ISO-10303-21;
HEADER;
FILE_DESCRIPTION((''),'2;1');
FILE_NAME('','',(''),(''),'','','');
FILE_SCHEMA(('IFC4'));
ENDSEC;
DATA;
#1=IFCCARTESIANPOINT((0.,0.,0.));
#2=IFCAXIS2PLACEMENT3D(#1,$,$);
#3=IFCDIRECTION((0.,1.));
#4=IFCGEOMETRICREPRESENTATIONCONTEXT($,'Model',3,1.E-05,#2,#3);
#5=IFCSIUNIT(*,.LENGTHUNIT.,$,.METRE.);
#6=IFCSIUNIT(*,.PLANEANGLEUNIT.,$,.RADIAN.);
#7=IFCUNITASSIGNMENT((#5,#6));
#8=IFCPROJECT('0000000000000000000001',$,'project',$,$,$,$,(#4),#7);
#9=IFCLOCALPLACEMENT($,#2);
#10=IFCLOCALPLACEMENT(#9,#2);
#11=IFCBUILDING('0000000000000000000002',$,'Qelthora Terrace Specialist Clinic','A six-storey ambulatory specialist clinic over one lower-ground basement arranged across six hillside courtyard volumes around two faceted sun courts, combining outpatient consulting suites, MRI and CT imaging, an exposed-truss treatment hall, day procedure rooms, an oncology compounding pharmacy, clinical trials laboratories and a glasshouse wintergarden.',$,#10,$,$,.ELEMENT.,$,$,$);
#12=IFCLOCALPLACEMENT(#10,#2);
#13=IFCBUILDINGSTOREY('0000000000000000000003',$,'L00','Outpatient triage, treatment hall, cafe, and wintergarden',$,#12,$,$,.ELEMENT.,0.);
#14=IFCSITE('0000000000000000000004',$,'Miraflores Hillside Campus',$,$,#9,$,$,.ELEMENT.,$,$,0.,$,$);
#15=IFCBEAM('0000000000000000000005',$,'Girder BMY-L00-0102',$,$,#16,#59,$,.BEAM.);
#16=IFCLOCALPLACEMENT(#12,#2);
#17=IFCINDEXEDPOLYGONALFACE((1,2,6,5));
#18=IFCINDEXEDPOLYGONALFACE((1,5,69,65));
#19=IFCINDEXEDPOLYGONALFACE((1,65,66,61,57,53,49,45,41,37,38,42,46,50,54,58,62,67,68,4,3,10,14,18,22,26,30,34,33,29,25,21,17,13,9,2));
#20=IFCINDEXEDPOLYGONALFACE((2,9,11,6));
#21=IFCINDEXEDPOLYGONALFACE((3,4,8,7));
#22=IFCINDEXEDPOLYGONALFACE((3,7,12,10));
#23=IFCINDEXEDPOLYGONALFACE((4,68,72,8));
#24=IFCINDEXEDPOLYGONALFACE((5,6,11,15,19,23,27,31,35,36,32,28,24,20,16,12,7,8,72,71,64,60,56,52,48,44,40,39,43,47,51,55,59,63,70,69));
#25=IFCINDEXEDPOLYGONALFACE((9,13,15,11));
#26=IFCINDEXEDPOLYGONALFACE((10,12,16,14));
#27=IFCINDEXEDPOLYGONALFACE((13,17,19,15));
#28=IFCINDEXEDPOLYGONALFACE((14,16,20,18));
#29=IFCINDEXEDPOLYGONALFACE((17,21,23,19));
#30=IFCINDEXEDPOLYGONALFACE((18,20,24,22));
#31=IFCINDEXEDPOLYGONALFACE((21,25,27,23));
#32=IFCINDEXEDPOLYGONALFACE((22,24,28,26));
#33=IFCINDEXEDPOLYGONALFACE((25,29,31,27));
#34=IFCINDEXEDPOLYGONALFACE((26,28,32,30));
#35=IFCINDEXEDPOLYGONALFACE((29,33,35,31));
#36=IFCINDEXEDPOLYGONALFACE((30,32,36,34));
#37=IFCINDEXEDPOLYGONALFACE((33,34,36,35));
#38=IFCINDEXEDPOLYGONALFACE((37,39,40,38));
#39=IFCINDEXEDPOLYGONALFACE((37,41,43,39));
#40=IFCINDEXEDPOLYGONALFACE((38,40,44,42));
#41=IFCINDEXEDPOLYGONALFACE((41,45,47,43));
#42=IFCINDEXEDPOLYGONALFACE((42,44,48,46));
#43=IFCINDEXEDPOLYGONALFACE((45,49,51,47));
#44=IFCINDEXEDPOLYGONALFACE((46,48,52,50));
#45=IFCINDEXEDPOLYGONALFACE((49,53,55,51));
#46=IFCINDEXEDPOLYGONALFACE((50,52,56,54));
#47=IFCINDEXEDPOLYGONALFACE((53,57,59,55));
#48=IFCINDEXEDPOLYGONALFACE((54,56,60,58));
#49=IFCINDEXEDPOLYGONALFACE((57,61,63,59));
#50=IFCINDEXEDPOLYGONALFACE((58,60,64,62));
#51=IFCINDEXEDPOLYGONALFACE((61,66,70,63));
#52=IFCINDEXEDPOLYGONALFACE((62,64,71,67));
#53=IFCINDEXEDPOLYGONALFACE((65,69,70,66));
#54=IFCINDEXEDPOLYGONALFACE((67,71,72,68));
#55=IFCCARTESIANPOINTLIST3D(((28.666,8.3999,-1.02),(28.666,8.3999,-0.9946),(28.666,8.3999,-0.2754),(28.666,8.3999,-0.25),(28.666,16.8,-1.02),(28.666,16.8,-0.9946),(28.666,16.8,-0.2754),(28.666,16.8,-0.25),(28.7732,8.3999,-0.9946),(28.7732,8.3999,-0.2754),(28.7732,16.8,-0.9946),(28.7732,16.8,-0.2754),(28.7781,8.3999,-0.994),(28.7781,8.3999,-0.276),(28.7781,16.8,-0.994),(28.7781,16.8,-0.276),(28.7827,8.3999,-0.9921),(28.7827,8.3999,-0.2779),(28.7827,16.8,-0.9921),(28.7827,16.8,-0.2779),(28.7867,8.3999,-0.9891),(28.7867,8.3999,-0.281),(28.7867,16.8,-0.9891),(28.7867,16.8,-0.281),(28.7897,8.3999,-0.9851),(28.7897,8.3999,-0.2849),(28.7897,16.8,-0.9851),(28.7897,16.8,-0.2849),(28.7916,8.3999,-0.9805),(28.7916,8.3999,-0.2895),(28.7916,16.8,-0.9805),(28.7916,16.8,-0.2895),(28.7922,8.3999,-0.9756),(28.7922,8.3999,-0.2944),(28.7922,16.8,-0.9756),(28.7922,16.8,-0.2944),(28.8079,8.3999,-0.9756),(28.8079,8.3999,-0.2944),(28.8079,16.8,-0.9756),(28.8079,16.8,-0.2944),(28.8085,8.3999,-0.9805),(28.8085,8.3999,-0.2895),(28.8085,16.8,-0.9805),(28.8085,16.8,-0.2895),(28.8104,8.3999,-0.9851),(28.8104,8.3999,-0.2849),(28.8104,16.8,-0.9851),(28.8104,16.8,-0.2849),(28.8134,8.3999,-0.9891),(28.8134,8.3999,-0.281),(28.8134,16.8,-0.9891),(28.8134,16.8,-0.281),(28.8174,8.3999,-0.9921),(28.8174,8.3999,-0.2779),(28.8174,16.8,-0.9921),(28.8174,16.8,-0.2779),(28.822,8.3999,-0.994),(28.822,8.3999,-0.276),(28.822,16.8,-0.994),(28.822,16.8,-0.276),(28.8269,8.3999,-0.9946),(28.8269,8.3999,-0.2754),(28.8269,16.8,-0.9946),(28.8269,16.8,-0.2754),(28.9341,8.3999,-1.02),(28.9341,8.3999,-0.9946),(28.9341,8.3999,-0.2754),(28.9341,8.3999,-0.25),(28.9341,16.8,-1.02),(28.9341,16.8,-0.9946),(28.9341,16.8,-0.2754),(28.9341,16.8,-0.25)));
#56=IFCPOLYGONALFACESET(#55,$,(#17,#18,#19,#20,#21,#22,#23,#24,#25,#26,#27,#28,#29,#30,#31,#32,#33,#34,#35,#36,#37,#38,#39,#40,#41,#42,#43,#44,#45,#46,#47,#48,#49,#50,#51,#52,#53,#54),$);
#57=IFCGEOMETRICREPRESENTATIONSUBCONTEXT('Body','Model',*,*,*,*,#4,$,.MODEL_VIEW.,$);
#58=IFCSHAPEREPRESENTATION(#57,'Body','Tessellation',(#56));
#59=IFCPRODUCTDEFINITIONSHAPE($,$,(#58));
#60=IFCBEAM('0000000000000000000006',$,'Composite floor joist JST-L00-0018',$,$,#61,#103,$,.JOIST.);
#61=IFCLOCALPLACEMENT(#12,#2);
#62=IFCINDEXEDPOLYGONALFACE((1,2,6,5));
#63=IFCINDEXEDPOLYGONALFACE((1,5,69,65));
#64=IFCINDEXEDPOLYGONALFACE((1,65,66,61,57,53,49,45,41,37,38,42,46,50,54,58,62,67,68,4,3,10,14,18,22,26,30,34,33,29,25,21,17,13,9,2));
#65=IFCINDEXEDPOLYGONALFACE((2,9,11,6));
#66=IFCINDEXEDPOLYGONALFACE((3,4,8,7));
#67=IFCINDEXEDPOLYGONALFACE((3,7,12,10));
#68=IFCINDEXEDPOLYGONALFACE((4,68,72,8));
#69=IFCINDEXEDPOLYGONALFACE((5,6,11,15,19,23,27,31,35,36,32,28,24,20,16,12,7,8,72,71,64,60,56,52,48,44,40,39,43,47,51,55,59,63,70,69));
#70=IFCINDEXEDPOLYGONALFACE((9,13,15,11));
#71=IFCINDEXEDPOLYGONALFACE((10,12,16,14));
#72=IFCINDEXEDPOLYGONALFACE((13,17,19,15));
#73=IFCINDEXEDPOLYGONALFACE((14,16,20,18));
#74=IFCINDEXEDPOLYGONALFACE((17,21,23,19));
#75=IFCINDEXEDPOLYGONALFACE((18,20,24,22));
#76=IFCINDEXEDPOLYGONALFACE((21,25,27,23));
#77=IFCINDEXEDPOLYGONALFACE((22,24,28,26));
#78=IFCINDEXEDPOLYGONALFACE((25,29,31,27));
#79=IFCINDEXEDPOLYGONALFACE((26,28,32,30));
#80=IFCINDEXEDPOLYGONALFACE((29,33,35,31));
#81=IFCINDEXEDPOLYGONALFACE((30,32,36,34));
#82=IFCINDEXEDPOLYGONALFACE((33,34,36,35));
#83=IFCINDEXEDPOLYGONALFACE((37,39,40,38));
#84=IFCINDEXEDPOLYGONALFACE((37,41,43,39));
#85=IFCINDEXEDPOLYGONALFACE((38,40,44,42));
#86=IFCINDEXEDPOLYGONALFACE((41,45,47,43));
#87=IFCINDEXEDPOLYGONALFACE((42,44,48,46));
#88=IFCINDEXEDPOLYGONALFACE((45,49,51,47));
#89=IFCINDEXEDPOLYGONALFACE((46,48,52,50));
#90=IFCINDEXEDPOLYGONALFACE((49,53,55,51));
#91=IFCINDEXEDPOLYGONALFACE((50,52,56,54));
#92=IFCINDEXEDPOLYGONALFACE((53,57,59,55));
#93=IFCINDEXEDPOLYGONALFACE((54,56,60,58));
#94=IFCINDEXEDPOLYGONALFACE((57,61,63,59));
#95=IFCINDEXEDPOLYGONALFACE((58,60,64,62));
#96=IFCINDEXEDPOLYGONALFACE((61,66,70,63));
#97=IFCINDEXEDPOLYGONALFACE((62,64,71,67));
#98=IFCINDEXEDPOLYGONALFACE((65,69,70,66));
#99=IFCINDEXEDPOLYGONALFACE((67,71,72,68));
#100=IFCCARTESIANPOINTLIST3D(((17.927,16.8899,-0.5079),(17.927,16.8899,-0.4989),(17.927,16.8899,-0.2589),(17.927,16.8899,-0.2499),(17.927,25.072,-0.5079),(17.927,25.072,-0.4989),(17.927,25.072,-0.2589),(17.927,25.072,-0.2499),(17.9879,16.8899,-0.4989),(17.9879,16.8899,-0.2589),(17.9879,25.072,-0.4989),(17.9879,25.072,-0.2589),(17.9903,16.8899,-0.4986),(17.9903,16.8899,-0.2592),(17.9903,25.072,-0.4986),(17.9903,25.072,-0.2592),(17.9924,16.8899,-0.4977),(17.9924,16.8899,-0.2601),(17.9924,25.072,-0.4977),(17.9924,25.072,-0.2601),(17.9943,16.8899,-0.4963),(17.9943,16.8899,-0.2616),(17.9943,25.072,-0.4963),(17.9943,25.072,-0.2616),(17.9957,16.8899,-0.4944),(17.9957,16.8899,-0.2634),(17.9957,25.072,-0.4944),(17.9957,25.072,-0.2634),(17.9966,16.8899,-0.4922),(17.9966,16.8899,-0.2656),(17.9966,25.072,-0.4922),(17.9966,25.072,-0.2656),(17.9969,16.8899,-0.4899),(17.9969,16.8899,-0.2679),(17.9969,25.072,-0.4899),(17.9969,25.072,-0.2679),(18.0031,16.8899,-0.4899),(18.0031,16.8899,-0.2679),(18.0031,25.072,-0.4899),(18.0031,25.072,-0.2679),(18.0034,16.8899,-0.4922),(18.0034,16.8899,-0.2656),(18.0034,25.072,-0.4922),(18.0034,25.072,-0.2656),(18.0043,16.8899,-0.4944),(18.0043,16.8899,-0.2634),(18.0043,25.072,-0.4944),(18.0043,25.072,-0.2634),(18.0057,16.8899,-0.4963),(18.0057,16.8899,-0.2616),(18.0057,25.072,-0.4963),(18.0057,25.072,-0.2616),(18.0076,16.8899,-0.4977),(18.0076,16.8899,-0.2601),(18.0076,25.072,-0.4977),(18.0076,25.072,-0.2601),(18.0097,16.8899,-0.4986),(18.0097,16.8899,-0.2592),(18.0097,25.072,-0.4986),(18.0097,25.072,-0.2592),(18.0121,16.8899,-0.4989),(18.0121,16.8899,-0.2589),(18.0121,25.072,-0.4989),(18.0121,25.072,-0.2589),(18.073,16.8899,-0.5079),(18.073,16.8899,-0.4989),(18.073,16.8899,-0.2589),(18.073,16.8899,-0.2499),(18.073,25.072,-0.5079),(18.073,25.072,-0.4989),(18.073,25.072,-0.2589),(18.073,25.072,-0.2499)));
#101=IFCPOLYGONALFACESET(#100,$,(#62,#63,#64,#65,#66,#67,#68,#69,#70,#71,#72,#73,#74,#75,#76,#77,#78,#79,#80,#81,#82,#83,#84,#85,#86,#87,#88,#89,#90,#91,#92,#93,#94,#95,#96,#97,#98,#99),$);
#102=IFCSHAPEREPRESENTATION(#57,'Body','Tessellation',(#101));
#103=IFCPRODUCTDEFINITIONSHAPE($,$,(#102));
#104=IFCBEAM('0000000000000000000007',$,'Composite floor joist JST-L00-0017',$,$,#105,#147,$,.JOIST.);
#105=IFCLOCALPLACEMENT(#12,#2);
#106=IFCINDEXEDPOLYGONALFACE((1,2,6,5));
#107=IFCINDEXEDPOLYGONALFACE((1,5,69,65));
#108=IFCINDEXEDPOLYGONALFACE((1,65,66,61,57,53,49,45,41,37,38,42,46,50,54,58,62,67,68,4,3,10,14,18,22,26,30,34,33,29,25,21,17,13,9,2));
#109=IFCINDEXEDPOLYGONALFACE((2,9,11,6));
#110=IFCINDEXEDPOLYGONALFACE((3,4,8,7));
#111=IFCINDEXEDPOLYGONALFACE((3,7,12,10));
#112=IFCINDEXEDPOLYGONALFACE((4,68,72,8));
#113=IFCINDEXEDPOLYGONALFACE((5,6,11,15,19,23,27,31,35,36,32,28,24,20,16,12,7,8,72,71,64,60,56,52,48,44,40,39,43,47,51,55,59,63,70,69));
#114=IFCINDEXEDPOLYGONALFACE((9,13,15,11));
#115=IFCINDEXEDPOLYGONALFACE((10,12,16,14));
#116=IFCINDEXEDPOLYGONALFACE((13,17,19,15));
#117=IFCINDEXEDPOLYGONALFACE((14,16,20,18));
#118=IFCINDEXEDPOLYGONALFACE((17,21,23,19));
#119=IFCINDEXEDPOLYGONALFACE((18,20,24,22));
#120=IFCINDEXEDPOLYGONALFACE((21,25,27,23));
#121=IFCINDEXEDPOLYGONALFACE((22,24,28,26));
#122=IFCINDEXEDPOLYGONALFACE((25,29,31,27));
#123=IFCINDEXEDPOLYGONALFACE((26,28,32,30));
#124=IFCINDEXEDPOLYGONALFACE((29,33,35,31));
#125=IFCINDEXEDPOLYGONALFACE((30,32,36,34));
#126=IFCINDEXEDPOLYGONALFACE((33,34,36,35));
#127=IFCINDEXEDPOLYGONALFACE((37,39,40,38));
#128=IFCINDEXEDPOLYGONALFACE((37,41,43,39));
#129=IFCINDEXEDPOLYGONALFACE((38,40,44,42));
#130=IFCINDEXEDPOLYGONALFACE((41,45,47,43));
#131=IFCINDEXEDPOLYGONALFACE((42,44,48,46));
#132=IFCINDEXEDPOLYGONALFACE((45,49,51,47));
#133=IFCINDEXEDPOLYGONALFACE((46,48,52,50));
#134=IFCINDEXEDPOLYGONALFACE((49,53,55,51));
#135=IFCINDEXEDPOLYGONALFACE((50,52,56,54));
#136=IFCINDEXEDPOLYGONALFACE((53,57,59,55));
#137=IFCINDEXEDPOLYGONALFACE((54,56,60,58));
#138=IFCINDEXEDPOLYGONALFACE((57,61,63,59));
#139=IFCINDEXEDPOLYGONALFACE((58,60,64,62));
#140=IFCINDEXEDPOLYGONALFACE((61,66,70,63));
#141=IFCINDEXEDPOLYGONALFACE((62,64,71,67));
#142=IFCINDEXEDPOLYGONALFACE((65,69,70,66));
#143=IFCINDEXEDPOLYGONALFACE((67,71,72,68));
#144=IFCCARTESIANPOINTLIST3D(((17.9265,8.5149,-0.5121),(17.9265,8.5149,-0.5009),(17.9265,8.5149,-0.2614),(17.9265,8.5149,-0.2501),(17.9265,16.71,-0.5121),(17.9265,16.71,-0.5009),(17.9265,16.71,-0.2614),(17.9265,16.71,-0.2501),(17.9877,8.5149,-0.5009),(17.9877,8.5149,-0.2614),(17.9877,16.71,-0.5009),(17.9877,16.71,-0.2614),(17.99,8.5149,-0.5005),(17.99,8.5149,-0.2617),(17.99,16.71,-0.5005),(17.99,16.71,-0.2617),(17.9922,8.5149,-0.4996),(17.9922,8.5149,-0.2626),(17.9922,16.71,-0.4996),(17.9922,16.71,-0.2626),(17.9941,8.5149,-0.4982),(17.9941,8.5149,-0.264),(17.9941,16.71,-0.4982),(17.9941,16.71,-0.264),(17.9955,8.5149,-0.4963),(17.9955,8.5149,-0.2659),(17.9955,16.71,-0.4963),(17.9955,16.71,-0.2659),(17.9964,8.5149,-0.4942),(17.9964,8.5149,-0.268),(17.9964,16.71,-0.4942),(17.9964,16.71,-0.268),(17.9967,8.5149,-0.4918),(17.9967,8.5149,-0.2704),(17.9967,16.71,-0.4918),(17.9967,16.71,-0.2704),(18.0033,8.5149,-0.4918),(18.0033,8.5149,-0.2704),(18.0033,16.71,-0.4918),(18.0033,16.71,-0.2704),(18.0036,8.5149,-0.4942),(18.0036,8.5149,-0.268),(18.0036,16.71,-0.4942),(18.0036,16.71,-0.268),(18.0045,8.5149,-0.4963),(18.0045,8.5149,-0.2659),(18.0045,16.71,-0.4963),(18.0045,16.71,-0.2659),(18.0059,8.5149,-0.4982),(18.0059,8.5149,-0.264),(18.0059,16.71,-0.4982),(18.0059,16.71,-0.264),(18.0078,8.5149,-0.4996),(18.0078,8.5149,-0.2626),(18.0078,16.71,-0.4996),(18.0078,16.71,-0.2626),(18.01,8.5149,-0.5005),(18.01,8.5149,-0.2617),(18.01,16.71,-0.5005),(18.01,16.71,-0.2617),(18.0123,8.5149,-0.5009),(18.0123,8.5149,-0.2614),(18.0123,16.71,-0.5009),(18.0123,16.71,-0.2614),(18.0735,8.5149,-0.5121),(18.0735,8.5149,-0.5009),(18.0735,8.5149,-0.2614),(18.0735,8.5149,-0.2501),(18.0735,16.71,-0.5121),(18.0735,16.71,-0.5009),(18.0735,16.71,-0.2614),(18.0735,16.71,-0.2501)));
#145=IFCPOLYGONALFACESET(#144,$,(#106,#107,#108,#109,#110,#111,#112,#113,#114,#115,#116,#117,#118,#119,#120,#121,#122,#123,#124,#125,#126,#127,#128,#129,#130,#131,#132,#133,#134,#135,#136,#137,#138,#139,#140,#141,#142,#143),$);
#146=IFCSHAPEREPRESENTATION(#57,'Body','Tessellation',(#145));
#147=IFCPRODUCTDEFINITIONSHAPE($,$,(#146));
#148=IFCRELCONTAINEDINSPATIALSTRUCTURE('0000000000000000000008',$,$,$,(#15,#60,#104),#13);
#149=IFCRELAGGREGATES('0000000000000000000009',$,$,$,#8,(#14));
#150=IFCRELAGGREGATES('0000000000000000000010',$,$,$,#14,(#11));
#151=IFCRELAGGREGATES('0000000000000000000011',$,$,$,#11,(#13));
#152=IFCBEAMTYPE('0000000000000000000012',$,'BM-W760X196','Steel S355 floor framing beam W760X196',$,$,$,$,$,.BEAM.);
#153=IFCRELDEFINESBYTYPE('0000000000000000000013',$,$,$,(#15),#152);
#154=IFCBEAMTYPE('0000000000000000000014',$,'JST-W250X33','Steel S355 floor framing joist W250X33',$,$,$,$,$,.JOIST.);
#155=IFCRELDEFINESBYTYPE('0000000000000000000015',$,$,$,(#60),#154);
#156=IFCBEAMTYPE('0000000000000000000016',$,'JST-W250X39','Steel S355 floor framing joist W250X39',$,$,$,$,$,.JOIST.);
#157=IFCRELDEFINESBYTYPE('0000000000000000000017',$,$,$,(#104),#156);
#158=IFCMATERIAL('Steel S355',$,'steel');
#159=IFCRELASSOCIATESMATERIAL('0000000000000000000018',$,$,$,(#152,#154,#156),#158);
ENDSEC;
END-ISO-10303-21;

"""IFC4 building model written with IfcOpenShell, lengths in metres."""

from ifc_helpers import new_model, si_unit, direction, frame, origin, origin_2d, place, context, subcontext, project, spatial, i_section, extrude, material, material_profile, profile_set, type_object, element, save


model = new_model("IFC4")

# Units and contexts
model_context = context("Model", 3, precision=1e-05, world=origin(), true_north=direction((0.0, 1.0)))
body_context = subcontext(model_context, "Body", "Model", "MODEL_VIEW")
ifc_project = project(units=[si_unit("LENGTHUNIT", "METRE"), si_unit("PLANEANGLEUNIT", "RADIAN")], contexts=[model_context])

# Site, building, storey
site_placement = place(None, origin())
site = spatial("IfcSite", under=ifc_project, at=site_placement, Name="Miraflores Hillside Campus", CompositionType="ELEMENT", RefElevation=0.0)
building_placement = place(site_placement, origin())
building = spatial("IfcBuilding", under=site, at=building_placement, Name="Qelthora Terrace Specialist Clinic", Description="A six-storey ambulatory specialist clinic over one lower-ground basement arranged across six hillside courtyard volumes around two faceted sun courts, combining outpatient consulting suites, MRI and CT imaging, an exposed-truss treatment hall, day procedure rooms, an oncology compounding pharmacy, clinical trials laboratories and a glasshouse wintergarden.", CompositionType="ELEMENT")
storey_placement = place(building_placement, origin())
storey = spatial("IfcBuildingStorey", under=building, at=storey_placement, Name="L00", Description="Outpatient triage, treatment hall, cafe, and wintergarden", CompositionType="ELEMENT", Elevation=0.0)

# Shared definitions
ifc_material_1 = material(Name="Steel S355", Category="steel")

# Beams
ifc_material_profile_1 = material_profile(ifc_material_1, i_section(OverallWidth=0.2681, OverallDepth=0.77, WebThickness=0.0156, FlangeThickness=0.0254, FilletRadius=0.019, at=origin_2d()), Name="W760X196")
ifc_profile_set_1 = profile_set([ifc_material_profile_1], Name="Steel S355")
beam_type_1 = type_object("IfcBeamType", Name="BM-W760X196", Description="Steel S355 floor framing beam W760X196", PredefinedType="BEAM", material=ifc_profile_set_1)
beam_1_placement = place(storey_placement, frame((28.8, 8.3999, -0.635), z_axis=(0.0, 1.0, 0.0), x_axis=(-1.0, 0.0, 0.0)))
element("IfcBeam", 1, at=beam_1_placement, inside=storey, type_object=beam_type_1, Name="Girder BMY-L00-0102", PredefinedType="BEAM", context=body_context, shape_type="SweptSolid", body=[
    extrude(i_section(OverallWidth=0.2681, OverallDepth=0.77, WebThickness=0.0156, FlangeThickness=0.0254, FilletRadius=0.019, at=origin_2d()), origin(), (0.0, 0.0, 1.0), 8.4001),
])
ifc_material_profile_2 = material_profile(ifc_material_1, i_section(OverallWidth=0.146, OverallDepth=0.2581, WebThickness=0.0061, FlangeThickness=0.009, FilletRadius=0.009, at=origin_2d()), Name="W250X33")
ifc_profile_set_2 = profile_set([ifc_material_profile_2], Name="Steel S355")
beam_type_2 = type_object("IfcBeamType", Name="JST-W250X33", Description="Steel S355 floor framing joist W250X33", PredefinedType="JOIST", material=ifc_profile_set_2)
beam_2_placement = place(storey_placement, frame((18.0, 16.8899, -0.3789), z_axis=(0.0, 1.0, 0.0), x_axis=(-1.0, 0.0, 0.0)))
element("IfcBeam", 2, at=beam_2_placement, inside=storey, type_object=beam_type_2, Name="Composite floor joist JST-L00-0018", PredefinedType="JOIST", context=body_context, shape_type="SweptSolid", body=[
    extrude(i_section(OverallWidth=0.146, OverallDepth=0.2581, WebThickness=0.0061, FlangeThickness=0.009, FilletRadius=0.009, at=origin_2d()), origin(), (0.0, 0.0, 1.0), 8.1821),
])
ifc_material_profile_3 = material_profile(ifc_material_1, i_section(OverallWidth=0.147, OverallDepth=0.262, WebThickness=0.0066, FlangeThickness=0.0112, FilletRadius=0.009, at=origin_2d()), Name="W250X39")
ifc_profile_set_3 = profile_set([ifc_material_profile_3], Name="Steel S355")
beam_type_3 = type_object("IfcBeamType", Name="JST-W250X39", Description="Steel S355 floor framing joist W250X39", PredefinedType="JOIST", material=ifc_profile_set_3)
beam_3_placement = place(storey_placement, frame((18.0, 8.5149, -0.3811), z_axis=(0.0, 1.0, 0.0), x_axis=(-1.0, 0.0, 0.0)))
element("IfcBeam", 3, at=beam_3_placement, inside=storey, type_object=beam_type_3, Name="Composite floor joist JST-L00-0017", PredefinedType="JOIST", context=body_context, shape_type="SweptSolid", body=[
    extrude(i_section(OverallWidth=0.147, OverallDepth=0.262, WebThickness=0.0066, FlangeThickness=0.0112, FilletRadius=0.009, at=origin_2d()), origin(), (0.0, 0.0, 1.0), 8.1951),
])

save(model, "model.ifc")
